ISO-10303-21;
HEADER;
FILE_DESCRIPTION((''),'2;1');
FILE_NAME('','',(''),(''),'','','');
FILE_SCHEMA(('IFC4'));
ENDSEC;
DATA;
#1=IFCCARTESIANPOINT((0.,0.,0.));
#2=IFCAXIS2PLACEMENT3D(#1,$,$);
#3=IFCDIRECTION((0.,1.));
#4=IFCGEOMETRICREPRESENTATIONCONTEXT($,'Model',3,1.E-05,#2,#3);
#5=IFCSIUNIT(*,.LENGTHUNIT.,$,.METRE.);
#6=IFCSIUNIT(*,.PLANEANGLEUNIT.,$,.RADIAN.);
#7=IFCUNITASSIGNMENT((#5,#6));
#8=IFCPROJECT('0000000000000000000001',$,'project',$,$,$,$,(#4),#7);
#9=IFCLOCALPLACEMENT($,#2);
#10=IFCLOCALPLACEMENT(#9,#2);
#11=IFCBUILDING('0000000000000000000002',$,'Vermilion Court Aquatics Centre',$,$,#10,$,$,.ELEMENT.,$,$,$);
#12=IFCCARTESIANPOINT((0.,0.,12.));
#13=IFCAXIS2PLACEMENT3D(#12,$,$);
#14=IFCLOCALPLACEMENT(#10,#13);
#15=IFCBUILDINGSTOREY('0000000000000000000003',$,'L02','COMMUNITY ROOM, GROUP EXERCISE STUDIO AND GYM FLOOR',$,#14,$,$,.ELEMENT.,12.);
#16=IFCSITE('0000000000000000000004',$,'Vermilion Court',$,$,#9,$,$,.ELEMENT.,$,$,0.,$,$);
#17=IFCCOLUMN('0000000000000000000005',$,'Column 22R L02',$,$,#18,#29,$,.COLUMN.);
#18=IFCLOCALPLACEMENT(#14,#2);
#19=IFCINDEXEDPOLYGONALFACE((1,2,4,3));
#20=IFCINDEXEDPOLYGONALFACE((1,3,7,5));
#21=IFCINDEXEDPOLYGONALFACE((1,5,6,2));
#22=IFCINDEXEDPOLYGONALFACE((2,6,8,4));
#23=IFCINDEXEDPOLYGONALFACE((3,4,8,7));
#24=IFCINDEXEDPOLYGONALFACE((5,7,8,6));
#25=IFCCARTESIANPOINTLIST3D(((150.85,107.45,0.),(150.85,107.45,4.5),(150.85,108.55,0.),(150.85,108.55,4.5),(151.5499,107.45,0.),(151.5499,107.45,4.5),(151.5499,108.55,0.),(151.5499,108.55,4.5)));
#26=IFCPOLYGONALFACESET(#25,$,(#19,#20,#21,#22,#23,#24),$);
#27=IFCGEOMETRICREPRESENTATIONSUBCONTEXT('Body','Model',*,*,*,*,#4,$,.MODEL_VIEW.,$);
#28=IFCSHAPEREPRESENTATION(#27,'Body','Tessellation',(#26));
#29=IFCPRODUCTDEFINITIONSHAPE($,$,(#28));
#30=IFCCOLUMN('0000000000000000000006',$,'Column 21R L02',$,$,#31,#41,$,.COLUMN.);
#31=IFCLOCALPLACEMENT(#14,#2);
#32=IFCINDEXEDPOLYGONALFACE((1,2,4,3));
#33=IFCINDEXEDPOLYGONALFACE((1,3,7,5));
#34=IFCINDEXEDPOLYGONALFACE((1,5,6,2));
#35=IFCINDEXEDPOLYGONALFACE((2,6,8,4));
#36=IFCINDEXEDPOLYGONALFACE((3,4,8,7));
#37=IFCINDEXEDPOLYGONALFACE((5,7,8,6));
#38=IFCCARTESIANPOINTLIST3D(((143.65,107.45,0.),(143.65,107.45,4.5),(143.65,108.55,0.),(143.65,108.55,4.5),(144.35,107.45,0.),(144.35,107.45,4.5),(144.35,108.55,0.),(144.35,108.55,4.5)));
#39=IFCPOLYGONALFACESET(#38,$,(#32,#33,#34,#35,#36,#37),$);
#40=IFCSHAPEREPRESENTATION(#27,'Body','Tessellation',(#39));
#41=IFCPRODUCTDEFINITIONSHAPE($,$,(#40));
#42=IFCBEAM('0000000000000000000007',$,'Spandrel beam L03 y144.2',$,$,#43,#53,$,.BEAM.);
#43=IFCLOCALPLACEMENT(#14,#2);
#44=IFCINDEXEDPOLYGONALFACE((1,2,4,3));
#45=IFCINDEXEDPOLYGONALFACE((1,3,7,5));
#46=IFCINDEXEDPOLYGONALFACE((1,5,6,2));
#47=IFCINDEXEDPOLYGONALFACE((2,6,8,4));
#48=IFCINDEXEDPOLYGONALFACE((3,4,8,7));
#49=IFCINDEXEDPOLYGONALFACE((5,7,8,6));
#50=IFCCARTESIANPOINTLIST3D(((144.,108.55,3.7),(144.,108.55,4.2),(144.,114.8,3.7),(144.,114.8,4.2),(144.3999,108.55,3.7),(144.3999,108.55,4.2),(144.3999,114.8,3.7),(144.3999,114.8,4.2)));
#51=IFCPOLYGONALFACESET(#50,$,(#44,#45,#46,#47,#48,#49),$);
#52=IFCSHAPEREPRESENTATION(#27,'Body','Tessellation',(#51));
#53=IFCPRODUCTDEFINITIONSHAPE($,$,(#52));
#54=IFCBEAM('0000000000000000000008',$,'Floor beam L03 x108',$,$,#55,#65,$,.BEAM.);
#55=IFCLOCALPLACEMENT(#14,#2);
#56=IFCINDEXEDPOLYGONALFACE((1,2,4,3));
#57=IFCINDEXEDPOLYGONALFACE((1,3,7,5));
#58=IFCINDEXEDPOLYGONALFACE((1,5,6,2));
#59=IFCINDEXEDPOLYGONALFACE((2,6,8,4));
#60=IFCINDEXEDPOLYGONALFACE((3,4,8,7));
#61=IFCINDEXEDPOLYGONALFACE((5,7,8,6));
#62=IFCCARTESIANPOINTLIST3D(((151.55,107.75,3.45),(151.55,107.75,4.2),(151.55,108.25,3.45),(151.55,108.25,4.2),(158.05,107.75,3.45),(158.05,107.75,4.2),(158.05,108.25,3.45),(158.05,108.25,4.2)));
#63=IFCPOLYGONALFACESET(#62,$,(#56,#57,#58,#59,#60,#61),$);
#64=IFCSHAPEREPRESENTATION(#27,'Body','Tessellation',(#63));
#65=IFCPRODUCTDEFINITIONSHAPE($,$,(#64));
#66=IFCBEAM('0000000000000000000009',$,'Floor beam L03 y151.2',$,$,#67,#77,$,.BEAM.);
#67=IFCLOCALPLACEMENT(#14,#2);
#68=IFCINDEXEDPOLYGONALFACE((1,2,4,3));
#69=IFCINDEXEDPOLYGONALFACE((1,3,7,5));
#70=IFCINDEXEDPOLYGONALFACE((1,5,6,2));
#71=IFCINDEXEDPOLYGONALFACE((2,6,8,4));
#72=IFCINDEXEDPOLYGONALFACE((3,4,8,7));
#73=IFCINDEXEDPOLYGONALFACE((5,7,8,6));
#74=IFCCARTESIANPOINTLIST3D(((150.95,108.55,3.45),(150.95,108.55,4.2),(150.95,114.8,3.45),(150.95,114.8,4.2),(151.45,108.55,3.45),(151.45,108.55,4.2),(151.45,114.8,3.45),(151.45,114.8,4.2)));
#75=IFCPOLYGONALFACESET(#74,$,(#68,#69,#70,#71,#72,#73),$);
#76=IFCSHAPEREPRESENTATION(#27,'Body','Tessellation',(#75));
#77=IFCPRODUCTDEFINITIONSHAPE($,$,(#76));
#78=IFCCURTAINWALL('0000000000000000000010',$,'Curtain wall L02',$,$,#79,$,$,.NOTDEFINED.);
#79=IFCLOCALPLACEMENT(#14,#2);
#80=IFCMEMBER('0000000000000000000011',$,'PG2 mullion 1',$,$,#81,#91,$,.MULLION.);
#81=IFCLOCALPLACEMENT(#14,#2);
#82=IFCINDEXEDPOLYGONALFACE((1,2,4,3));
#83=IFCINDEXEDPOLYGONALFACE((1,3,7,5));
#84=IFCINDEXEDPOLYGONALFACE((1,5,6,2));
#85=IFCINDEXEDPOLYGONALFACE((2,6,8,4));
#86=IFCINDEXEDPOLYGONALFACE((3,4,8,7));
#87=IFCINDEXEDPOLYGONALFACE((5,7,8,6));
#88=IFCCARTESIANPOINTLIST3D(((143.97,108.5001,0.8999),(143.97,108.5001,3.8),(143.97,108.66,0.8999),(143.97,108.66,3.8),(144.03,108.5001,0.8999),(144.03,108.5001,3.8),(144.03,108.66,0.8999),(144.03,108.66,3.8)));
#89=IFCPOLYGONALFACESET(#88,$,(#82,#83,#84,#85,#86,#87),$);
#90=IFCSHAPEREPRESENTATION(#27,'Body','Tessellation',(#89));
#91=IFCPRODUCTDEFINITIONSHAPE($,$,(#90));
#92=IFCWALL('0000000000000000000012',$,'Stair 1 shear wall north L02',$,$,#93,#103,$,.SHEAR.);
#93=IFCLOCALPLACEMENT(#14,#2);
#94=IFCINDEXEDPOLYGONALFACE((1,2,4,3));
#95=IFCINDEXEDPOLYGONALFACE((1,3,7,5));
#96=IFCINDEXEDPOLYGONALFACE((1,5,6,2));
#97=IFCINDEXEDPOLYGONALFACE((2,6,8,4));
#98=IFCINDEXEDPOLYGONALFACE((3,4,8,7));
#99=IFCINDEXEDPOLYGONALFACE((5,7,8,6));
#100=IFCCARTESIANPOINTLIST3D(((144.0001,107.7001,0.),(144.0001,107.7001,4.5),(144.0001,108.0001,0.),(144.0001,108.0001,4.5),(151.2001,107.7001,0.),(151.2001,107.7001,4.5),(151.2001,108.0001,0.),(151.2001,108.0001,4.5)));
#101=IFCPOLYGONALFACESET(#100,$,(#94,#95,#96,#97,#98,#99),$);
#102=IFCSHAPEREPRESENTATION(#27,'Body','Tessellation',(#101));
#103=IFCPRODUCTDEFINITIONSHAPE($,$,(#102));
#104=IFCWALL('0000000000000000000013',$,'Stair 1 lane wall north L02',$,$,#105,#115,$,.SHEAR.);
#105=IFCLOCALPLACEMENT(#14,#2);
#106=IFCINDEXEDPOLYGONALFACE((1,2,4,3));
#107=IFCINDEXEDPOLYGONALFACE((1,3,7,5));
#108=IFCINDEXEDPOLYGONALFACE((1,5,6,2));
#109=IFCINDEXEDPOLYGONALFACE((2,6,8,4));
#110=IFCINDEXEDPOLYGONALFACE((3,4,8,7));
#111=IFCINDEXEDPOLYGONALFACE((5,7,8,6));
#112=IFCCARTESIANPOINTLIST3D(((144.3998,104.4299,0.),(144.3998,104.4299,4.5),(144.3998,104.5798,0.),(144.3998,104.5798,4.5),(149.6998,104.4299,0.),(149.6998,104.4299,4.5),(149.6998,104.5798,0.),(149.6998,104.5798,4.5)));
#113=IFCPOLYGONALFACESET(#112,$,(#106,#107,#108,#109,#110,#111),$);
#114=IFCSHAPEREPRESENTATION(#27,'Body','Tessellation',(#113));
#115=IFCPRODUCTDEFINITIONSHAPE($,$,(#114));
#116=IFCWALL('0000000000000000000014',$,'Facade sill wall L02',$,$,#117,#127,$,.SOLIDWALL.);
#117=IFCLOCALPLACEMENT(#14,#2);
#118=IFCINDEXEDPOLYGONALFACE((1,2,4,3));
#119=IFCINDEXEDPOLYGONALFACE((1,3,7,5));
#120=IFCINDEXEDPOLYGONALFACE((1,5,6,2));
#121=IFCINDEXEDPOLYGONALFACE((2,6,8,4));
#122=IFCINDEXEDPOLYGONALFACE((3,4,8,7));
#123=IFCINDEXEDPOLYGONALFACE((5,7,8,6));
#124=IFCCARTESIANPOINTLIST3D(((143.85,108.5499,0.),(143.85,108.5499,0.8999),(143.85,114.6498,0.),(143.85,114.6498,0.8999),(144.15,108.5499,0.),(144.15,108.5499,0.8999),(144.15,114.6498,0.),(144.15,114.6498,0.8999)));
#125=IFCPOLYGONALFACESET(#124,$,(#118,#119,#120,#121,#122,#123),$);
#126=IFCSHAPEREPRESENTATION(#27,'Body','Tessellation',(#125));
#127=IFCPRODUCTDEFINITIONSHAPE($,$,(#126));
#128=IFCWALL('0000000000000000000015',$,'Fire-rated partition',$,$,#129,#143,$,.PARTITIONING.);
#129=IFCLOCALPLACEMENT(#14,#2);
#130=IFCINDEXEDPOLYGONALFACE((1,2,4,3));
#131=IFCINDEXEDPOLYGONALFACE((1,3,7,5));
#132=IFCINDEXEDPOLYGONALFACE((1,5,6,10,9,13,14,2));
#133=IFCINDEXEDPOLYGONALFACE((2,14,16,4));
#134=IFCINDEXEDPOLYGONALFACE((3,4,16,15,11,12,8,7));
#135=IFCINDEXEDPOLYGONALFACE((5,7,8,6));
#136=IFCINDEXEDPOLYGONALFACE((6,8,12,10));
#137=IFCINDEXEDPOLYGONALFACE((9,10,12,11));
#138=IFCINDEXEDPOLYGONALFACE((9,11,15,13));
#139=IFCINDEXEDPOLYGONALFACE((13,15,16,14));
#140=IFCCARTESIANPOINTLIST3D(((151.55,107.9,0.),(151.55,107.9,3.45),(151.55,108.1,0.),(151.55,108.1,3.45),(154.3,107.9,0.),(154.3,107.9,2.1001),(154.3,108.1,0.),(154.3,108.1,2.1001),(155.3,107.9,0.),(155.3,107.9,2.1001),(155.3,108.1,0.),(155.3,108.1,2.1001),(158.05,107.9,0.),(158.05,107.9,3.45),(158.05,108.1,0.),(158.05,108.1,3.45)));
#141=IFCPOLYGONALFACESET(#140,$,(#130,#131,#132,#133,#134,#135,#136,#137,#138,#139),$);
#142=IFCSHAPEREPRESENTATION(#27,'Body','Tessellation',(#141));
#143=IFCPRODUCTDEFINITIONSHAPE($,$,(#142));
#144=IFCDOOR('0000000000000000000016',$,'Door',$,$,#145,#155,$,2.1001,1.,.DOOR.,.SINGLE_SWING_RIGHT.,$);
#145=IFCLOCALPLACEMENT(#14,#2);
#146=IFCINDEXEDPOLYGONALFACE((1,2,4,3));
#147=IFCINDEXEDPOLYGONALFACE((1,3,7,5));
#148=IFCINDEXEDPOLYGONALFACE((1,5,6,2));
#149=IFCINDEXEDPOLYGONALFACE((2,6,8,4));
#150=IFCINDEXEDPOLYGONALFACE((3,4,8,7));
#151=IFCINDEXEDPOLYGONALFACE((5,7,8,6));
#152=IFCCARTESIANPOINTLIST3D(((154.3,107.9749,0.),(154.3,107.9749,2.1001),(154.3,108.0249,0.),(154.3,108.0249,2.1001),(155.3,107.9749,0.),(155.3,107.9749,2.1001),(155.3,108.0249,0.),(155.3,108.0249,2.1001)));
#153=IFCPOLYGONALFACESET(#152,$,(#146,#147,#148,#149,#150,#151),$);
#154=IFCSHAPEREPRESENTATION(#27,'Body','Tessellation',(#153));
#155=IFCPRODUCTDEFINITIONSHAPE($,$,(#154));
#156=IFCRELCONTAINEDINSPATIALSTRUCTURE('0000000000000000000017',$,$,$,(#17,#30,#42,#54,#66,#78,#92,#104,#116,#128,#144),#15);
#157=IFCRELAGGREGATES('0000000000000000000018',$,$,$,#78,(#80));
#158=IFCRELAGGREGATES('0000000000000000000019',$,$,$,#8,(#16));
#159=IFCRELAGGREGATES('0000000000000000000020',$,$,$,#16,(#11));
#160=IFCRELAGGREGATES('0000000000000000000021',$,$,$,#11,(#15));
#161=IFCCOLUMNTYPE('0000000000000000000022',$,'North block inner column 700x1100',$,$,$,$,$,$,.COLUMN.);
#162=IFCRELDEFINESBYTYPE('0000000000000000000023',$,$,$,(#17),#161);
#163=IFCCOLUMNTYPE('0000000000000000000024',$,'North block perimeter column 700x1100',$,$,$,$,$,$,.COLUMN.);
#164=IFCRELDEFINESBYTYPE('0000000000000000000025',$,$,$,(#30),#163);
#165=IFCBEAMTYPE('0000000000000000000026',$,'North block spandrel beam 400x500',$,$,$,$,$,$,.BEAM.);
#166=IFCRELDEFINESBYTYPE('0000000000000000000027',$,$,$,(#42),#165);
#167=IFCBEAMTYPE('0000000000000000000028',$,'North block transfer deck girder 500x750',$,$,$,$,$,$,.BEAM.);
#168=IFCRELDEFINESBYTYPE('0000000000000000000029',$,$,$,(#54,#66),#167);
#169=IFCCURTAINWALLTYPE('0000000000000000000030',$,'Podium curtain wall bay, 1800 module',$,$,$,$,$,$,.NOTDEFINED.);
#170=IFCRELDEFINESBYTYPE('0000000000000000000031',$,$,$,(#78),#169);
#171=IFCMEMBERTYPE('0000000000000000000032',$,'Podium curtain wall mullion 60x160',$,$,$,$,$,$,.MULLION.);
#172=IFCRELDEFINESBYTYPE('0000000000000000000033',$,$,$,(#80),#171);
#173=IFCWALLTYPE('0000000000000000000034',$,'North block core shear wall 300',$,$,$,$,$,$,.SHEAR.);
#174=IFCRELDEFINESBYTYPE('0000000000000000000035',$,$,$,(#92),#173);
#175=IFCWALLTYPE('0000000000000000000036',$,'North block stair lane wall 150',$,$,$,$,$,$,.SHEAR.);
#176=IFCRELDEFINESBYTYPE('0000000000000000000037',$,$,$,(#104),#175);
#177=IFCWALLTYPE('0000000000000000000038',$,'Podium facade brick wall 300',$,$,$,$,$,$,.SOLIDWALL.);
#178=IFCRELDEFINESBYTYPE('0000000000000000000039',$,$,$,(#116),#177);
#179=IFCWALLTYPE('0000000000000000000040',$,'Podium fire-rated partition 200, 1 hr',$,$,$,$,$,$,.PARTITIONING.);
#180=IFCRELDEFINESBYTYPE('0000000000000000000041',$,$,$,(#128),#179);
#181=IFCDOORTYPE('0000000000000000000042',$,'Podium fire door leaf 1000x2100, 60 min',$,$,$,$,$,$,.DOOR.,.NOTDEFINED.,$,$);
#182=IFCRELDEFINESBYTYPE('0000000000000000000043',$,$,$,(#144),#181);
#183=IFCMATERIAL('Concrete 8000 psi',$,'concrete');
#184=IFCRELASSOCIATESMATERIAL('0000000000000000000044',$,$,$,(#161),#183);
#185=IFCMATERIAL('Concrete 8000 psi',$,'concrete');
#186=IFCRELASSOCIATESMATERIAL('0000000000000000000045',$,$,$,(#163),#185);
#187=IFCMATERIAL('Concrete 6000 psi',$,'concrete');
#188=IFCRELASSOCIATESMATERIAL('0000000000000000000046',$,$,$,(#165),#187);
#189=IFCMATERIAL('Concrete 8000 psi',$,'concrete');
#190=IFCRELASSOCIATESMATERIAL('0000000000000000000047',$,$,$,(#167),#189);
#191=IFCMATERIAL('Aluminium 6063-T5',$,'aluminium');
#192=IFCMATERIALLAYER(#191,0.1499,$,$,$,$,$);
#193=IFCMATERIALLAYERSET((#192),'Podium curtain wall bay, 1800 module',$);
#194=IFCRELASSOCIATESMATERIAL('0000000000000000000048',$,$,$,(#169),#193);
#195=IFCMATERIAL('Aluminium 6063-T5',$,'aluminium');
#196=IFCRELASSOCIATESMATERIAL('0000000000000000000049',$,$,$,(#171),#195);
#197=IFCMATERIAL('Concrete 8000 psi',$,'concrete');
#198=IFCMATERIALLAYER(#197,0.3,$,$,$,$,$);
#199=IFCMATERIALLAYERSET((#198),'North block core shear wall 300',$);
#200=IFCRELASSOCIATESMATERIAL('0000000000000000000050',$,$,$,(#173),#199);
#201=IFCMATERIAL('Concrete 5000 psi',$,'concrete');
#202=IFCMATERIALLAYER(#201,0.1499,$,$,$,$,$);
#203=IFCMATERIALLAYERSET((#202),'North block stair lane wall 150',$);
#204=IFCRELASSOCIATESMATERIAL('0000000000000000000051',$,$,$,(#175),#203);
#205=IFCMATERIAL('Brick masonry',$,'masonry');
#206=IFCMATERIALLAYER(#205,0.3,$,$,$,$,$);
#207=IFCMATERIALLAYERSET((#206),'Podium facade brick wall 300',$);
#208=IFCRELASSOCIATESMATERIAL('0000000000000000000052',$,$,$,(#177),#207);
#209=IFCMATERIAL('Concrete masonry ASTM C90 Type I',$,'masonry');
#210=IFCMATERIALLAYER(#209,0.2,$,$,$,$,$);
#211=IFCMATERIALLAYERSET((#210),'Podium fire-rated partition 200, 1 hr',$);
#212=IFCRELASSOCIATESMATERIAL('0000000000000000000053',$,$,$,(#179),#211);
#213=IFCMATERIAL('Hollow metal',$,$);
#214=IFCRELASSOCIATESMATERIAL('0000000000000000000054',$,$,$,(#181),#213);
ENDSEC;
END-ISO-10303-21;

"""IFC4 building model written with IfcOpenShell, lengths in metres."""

from ifc_helpers import new_model, si_unit, direction, frame, frame_2d, origin, origin_2d, place, context, subcontext, project, spatial, rectangle, extrude, material, layer, layer_set, material_profile, profile_set, type_object, element, fill, aggregate, save


model = new_model("IFC4")

# Units and contexts
model_context = context("Model", 3, precision=1e-05, world=origin(), true_north=direction((0.0, 1.0)))
body_context = subcontext(model_context, "Body", "Model", "MODEL_VIEW")
ifc_project = project(units=[si_unit("LENGTHUNIT", "METRE"), si_unit("PLANEANGLEUNIT", "RADIAN")], contexts=[model_context])

# Site, building, storey
site_placement = place(None, origin())
site = spatial("IfcSite", under=ifc_project, at=site_placement, Name="Vermilion Court", CompositionType="ELEMENT", RefElevation=0.0)
building_placement = place(site_placement, origin())
building = spatial("IfcBuilding", under=site, at=building_placement, Name="Vermilion Court Aquatics Centre", CompositionType="ELEMENT")
storey_placement = place(building_placement, frame((0.0, 0.0, 12.0)))
storey = spatial("IfcBuildingStorey", under=building, at=storey_placement, Name="L02", Description="COMMUNITY ROOM, GROUP EXERCISE STUDIO AND GYM FLOOR", CompositionType="ELEMENT", Elevation=12.0)

# Columns
ifc_material_1 = material(Name="Concrete 8000 psi", Category="concrete")
ifc_material_profile_1 = material_profile(ifc_material_1, rectangle(XDim=0.7, YDim=1.1001, at=origin_2d()), Name="RC 700x1100")
ifc_profile_set_1 = profile_set([ifc_material_profile_1], Name="Concrete 8000 psi")
column_type_1 = type_object("IfcColumnType", Name="North block inner column 700x1100", PredefinedType="COLUMN", material=ifc_profile_set_1)
column_1_placement = place(storey_placement, frame((151.2, 108.0, 0.0), z_axis=(0.0, 0.0, 1.0), x_axis=(1.0, 0.0, 0.0)))
element("IfcColumn", 1, at=column_1_placement, inside=storey, type_object=column_type_1, Name="Column 22R L02", PredefinedType="COLUMN", context=body_context, shape_type="SweptSolid", body=[
    extrude(rectangle(XDim=0.7, YDim=1.1001, at=origin_2d()), origin(), (0.0, 0.0, 1.0), 4.5),
])
ifc_material_2 = material(Name="Concrete 8000 psi", Category="concrete")
ifc_material_profile_2 = material_profile(ifc_material_2, rectangle(XDim=0.7, YDim=1.1001, at=origin_2d()), Name="RC 700x1100")
ifc_profile_set_2 = profile_set([ifc_material_profile_2], Name="Concrete 8000 psi")
column_type_2 = type_object("IfcColumnType", Name="North block perimeter column 700x1100", PredefinedType="COLUMN", material=ifc_profile_set_2)
column_2_placement = place(storey_placement, frame((144.0, 108.0, 0.0), z_axis=(0.0, 0.0, 1.0), x_axis=(1.0, 0.0, 0.0)))
element("IfcColumn", 2, at=column_2_placement, inside=storey, type_object=column_type_2, Name="Column 21R L02", PredefinedType="COLUMN", context=body_context, shape_type="SweptSolid", body=[
    extrude(rectangle(XDim=0.7, YDim=1.1001, at=origin_2d()), origin(), (0.0, 0.0, 1.0), 4.5),
])

# Beams
ifc_material_3 = material(Name="Concrete 6000 psi", Category="concrete")
ifc_material_profile_3 = material_profile(ifc_material_3, rectangle(XDim=0.3999, YDim=0.5, at=origin_2d()), Name="RC 400x500")
ifc_profile_set_3 = profile_set([ifc_material_profile_3], Name="Concrete 6000 psi")
beam_type_1 = type_object("IfcBeamType", Name="North block spandrel beam 400x500", PredefinedType="BEAM", material=ifc_profile_set_3)
beam_1_placement = place(storey_placement, frame((144.2, 108.55, 3.95), z_axis=(0.0, 1.0, 0.0), x_axis=(-1.0, 0.0, 0.0)))
element("IfcBeam", 3, at=beam_1_placement, inside=storey, type_object=beam_type_1, Name="Spandrel beam L03 y144.2", PredefinedType="BEAM", context=body_context, shape_type="SweptSolid", body=[
    extrude(rectangle(XDim=0.3999, YDim=0.5, at=origin_2d()), origin(), (0.0, 0.0, 1.0), 6.25),
])
ifc_material_4 = material(Name="Concrete 8000 psi", Category="concrete")
ifc_material_profile_4 = material_profile(ifc_material_4, rectangle(XDim=0.5, YDim=0.75, at=origin_2d()), Name="RC 500x750")
ifc_profile_set_4 = profile_set([ifc_material_profile_4], Name="Concrete 8000 psi")
beam_type_2 = type_object("IfcBeamType", Name="North block transfer deck girder 500x750", PredefinedType="BEAM", material=ifc_profile_set_4)
beam_2_placement = place(storey_placement, frame((151.55, 108.0, 3.825), z_axis=(1.0, 0.0, 0.0), x_axis=(0.0, 1.0, 0.0)))
element("IfcBeam", 4, at=beam_2_placement, inside=storey, type_object=beam_type_2, Name="Floor beam L03 x108", PredefinedType="BEAM", context=body_context, shape_type="SweptSolid", body=[
    extrude(rectangle(XDim=0.5, YDim=0.75, at=origin_2d()), origin(), (0.0, 0.0, 1.0), 6.5),
])
beam_3_placement = place(storey_placement, frame((151.2, 108.55, 3.825), z_axis=(0.0, 1.0, 0.0), x_axis=(-1.0, 0.0, 0.0)))
element("IfcBeam", 5, at=beam_3_placement, inside=storey, type_object=beam_type_2, Name="Floor beam L03 y151.2", PredefinedType="BEAM", context=body_context, shape_type="SweptSolid", body=[
    extrude(rectangle(XDim=0.5, YDim=0.75, at=origin_2d()), origin(), (0.0, 0.0, 1.0), 6.25),
])

# Curtain wall, member
ifc_material_5 = material(Name="Aluminium 6063-T5", Category="aluminium")
ifc_layer_1 = layer(ifc_material_5, 0.1499)
ifc_layer_set_1 = layer_set([ifc_layer_1], Name="Podium curtain wall bay, 1800 module")
curtain_wall_type = type_object("IfcCurtainWallType", Name="Podium curtain wall bay, 1800 module", PredefinedType="NOTDEFINED", material=ifc_layer_set_1)
curtain_wall_placement = place(storey_placement, origin())
curtain_wall = element("IfcCurtainWall", 6, at=curtain_wall_placement, inside=storey, type_object=curtain_wall_type, Name="Curtain wall L02", PredefinedType="NOTDEFINED")
ifc_material_6 = material(Name="Aluminium 6063-T5", Category="aluminium")
ifc_material_profile_5 = material_profile(ifc_material_6, rectangle(XDim=0.0601, YDim=0.1599, at=origin_2d()), Name="Mullion 60x160")
ifc_profile_set_5 = profile_set([ifc_material_profile_5], Name="Aluminium 6063-T5")
member_type = type_object("IfcMemberType", Name="Podium curtain wall mullion 60x160", PredefinedType="MULLION", material=ifc_profile_set_5)
member_placement = place(storey_placement, frame((144.0, 108.5801, 0.8999), z_axis=(0.0, 0.0, 1.0), x_axis=(-1.0, 0.0, 0.0)))
member = element("IfcMember", 7, at=member_placement, type_object=member_type, Name="PG2 mullion 1", PredefinedType="MULLION", context=body_context, shape_type="SweptSolid", body=[
    extrude(rectangle(XDim=0.0601, YDim=0.1599, at=origin_2d()), origin(), (0.0, 0.0, 1.0), 2.9001),
])
aggregate(curtain_wall, [member])

# Walls
ifc_material_7 = material(Name="Concrete 8000 psi", Category="concrete")
ifc_layer_2 = layer(ifc_material_7, 0.3)
ifc_layer_set_2 = layer_set([ifc_layer_2], Name="North block core shear wall 300")
wall_type_1 = type_object("IfcWallType", Name="North block core shear wall 300", PredefinedType="SHEAR", material=ifc_layer_set_2)
wall_1_placement = place(storey_placement, frame((144.0, 107.8501, 0.0), z_axis=(0.0, 0.0, 1.0), x_axis=(1.0, 0.0, 0.0)))
element("IfcWall", 8, at=wall_1_placement, inside=storey, type_object=wall_type_1, Name="Stair 1 shear wall north L02", PredefinedType="SHEAR", context=body_context, shape_type="SweptSolid", body=[
    extrude(rectangle(XDim=7.2, YDim=0.3, at=frame_2d((3.6001, 0.0))), origin(), (0.0, 0.0, 1.0), 4.5),
])
ifc_material_8 = material(Name="Concrete 5000 psi", Category="concrete")
ifc_layer_3 = layer(ifc_material_8, 0.1499)
ifc_layer_set_3 = layer_set([ifc_layer_3], Name="North block stair lane wall 150")
wall_type_2 = type_object("IfcWallType", Name="North block stair lane wall 150", PredefinedType="SHEAR", material=ifc_layer_set_3)
wall_2_placement = place(storey_placement, frame((144.3999, 104.5049, 0.0), z_axis=(0.0, 0.0, 1.0), x_axis=(1.0, 0.0, 0.0)))
element("IfcWall", 9, at=wall_2_placement, inside=storey, type_object=wall_type_2, Name="Stair 1 lane wall north L02", PredefinedType="SHEAR", context=body_context, shape_type="SweptSolid", body=[
    extrude(rectangle(XDim=5.3, YDim=0.1499, at=frame_2d((2.6499, 0.0))), origin(), (0.0, 0.0, 1.0), 4.5),
])
ifc_material_9 = material(Name="Brick masonry", Category="masonry")
ifc_layer_4 = layer(ifc_material_9, 0.3)
ifc_layer_set_4 = layer_set([ifc_layer_4], Name="Podium facade brick wall 300")
wall_type_3 = type_object("IfcWallType", Name="Podium facade brick wall 300", PredefinedType="SOLIDWALL", material=ifc_layer_set_4)
wall_3_placement = place(storey_placement, frame((144.0, 108.55, 0.0), z_axis=(0.0, 0.0, 1.0), x_axis=(0.0, 1.0, 0.0)))
element("IfcWall", 10, at=wall_3_placement, inside=storey, type_object=wall_type_3, Name="Facade sill wall L02", PredefinedType="SOLIDWALL", context=body_context, shape_type="SweptSolid", body=[
    extrude(rectangle(XDim=6.0999, YDim=0.3, at=frame_2d((3.0498, 0.0))), origin(), (0.0, 0.0, 1.0), 0.8999),
])

# Wall, opening, door
ifc_material_10 = material(Name="Concrete masonry ASTM C90 Type I", Category="masonry")
ifc_layer_5 = layer(ifc_material_10, 0.2)
ifc_layer_set_5 = layer_set([ifc_layer_5], Name="Podium fire-rated partition 200, 1 hr")
wall_type_4 = type_object("IfcWallType", Name="Podium fire-rated partition 200, 1 hr", PredefinedType="PARTITIONING", material=ifc_layer_set_5)
wall_4_placement = place(storey_placement, frame((151.55, 108.0, 0.0), z_axis=(0.0, 0.0, 1.0), x_axis=(1.0, 0.0, 0.0)))
wall_4 = element("IfcWall", 11, at=wall_4_placement, inside=storey, type_object=wall_type_4, Name="Fire-rated partition", PredefinedType="PARTITIONING", context=body_context, shape_type="SweptSolid", body=[
    extrude(rectangle(XDim=6.5, YDim=0.2, at=frame_2d((3.25, 0.0))), origin(), (0.0, 0.0, 1.0), 3.45),
])
opening_placement = place(wall_4_placement, frame((2.75, 0.0, 0.0)))
opening = element("IfcOpeningElement", 12, at=opening_placement, cuts=wall_4, PredefinedType="OPENING", context=body_context, shape_type="SweptSolid", body=[
    extrude(rectangle(XDim=1.0, YDim=2.1001, at=frame_2d((0.5, 1.05))), frame((0.0, 0.1099, 0.0), z_axis=(0.0, -1.0, 0.0), x_axis=(1.0, 0.0, 0.0)), (0.0, 0.0, 1.0), 0.22),
])
ifc_material_11 = material(Name="Hollow metal")
door_type = type_object("IfcDoorType", Name="Podium fire door leaf 1000x2100, 60 min", OperationType="NOTDEFINED", PredefinedType="DOOR", material=ifc_material_11)
door_placement = place(opening_placement, frame((1.0, 0.0, 0.0), z_axis=(0.0, 0.0, 1.0), x_axis=(-1.0, 0.0, 0.0)))
door = element("IfcDoor", 13, at=door_placement, inside=storey, type_object=door_type, Name="Door", OperationType="SINGLE_SWING_RIGHT", OverallHeight=2.1001, OverallWidth=1.0, PredefinedType="DOOR", context=body_context, shape_type="SweptSolid", body=[
    extrude(rectangle(XDim=1.0, YDim=2.1001, at=frame_2d((0.5, 1.05))), frame((0.0, 0.0251, 0.0), z_axis=(0.0, -1.0, 0.0), x_axis=(1.0, 0.0, 0.0)), (0.0, 0.0, 1.0), 0.05),
])
fill(opening, door)

save(model, "model.ifc")
